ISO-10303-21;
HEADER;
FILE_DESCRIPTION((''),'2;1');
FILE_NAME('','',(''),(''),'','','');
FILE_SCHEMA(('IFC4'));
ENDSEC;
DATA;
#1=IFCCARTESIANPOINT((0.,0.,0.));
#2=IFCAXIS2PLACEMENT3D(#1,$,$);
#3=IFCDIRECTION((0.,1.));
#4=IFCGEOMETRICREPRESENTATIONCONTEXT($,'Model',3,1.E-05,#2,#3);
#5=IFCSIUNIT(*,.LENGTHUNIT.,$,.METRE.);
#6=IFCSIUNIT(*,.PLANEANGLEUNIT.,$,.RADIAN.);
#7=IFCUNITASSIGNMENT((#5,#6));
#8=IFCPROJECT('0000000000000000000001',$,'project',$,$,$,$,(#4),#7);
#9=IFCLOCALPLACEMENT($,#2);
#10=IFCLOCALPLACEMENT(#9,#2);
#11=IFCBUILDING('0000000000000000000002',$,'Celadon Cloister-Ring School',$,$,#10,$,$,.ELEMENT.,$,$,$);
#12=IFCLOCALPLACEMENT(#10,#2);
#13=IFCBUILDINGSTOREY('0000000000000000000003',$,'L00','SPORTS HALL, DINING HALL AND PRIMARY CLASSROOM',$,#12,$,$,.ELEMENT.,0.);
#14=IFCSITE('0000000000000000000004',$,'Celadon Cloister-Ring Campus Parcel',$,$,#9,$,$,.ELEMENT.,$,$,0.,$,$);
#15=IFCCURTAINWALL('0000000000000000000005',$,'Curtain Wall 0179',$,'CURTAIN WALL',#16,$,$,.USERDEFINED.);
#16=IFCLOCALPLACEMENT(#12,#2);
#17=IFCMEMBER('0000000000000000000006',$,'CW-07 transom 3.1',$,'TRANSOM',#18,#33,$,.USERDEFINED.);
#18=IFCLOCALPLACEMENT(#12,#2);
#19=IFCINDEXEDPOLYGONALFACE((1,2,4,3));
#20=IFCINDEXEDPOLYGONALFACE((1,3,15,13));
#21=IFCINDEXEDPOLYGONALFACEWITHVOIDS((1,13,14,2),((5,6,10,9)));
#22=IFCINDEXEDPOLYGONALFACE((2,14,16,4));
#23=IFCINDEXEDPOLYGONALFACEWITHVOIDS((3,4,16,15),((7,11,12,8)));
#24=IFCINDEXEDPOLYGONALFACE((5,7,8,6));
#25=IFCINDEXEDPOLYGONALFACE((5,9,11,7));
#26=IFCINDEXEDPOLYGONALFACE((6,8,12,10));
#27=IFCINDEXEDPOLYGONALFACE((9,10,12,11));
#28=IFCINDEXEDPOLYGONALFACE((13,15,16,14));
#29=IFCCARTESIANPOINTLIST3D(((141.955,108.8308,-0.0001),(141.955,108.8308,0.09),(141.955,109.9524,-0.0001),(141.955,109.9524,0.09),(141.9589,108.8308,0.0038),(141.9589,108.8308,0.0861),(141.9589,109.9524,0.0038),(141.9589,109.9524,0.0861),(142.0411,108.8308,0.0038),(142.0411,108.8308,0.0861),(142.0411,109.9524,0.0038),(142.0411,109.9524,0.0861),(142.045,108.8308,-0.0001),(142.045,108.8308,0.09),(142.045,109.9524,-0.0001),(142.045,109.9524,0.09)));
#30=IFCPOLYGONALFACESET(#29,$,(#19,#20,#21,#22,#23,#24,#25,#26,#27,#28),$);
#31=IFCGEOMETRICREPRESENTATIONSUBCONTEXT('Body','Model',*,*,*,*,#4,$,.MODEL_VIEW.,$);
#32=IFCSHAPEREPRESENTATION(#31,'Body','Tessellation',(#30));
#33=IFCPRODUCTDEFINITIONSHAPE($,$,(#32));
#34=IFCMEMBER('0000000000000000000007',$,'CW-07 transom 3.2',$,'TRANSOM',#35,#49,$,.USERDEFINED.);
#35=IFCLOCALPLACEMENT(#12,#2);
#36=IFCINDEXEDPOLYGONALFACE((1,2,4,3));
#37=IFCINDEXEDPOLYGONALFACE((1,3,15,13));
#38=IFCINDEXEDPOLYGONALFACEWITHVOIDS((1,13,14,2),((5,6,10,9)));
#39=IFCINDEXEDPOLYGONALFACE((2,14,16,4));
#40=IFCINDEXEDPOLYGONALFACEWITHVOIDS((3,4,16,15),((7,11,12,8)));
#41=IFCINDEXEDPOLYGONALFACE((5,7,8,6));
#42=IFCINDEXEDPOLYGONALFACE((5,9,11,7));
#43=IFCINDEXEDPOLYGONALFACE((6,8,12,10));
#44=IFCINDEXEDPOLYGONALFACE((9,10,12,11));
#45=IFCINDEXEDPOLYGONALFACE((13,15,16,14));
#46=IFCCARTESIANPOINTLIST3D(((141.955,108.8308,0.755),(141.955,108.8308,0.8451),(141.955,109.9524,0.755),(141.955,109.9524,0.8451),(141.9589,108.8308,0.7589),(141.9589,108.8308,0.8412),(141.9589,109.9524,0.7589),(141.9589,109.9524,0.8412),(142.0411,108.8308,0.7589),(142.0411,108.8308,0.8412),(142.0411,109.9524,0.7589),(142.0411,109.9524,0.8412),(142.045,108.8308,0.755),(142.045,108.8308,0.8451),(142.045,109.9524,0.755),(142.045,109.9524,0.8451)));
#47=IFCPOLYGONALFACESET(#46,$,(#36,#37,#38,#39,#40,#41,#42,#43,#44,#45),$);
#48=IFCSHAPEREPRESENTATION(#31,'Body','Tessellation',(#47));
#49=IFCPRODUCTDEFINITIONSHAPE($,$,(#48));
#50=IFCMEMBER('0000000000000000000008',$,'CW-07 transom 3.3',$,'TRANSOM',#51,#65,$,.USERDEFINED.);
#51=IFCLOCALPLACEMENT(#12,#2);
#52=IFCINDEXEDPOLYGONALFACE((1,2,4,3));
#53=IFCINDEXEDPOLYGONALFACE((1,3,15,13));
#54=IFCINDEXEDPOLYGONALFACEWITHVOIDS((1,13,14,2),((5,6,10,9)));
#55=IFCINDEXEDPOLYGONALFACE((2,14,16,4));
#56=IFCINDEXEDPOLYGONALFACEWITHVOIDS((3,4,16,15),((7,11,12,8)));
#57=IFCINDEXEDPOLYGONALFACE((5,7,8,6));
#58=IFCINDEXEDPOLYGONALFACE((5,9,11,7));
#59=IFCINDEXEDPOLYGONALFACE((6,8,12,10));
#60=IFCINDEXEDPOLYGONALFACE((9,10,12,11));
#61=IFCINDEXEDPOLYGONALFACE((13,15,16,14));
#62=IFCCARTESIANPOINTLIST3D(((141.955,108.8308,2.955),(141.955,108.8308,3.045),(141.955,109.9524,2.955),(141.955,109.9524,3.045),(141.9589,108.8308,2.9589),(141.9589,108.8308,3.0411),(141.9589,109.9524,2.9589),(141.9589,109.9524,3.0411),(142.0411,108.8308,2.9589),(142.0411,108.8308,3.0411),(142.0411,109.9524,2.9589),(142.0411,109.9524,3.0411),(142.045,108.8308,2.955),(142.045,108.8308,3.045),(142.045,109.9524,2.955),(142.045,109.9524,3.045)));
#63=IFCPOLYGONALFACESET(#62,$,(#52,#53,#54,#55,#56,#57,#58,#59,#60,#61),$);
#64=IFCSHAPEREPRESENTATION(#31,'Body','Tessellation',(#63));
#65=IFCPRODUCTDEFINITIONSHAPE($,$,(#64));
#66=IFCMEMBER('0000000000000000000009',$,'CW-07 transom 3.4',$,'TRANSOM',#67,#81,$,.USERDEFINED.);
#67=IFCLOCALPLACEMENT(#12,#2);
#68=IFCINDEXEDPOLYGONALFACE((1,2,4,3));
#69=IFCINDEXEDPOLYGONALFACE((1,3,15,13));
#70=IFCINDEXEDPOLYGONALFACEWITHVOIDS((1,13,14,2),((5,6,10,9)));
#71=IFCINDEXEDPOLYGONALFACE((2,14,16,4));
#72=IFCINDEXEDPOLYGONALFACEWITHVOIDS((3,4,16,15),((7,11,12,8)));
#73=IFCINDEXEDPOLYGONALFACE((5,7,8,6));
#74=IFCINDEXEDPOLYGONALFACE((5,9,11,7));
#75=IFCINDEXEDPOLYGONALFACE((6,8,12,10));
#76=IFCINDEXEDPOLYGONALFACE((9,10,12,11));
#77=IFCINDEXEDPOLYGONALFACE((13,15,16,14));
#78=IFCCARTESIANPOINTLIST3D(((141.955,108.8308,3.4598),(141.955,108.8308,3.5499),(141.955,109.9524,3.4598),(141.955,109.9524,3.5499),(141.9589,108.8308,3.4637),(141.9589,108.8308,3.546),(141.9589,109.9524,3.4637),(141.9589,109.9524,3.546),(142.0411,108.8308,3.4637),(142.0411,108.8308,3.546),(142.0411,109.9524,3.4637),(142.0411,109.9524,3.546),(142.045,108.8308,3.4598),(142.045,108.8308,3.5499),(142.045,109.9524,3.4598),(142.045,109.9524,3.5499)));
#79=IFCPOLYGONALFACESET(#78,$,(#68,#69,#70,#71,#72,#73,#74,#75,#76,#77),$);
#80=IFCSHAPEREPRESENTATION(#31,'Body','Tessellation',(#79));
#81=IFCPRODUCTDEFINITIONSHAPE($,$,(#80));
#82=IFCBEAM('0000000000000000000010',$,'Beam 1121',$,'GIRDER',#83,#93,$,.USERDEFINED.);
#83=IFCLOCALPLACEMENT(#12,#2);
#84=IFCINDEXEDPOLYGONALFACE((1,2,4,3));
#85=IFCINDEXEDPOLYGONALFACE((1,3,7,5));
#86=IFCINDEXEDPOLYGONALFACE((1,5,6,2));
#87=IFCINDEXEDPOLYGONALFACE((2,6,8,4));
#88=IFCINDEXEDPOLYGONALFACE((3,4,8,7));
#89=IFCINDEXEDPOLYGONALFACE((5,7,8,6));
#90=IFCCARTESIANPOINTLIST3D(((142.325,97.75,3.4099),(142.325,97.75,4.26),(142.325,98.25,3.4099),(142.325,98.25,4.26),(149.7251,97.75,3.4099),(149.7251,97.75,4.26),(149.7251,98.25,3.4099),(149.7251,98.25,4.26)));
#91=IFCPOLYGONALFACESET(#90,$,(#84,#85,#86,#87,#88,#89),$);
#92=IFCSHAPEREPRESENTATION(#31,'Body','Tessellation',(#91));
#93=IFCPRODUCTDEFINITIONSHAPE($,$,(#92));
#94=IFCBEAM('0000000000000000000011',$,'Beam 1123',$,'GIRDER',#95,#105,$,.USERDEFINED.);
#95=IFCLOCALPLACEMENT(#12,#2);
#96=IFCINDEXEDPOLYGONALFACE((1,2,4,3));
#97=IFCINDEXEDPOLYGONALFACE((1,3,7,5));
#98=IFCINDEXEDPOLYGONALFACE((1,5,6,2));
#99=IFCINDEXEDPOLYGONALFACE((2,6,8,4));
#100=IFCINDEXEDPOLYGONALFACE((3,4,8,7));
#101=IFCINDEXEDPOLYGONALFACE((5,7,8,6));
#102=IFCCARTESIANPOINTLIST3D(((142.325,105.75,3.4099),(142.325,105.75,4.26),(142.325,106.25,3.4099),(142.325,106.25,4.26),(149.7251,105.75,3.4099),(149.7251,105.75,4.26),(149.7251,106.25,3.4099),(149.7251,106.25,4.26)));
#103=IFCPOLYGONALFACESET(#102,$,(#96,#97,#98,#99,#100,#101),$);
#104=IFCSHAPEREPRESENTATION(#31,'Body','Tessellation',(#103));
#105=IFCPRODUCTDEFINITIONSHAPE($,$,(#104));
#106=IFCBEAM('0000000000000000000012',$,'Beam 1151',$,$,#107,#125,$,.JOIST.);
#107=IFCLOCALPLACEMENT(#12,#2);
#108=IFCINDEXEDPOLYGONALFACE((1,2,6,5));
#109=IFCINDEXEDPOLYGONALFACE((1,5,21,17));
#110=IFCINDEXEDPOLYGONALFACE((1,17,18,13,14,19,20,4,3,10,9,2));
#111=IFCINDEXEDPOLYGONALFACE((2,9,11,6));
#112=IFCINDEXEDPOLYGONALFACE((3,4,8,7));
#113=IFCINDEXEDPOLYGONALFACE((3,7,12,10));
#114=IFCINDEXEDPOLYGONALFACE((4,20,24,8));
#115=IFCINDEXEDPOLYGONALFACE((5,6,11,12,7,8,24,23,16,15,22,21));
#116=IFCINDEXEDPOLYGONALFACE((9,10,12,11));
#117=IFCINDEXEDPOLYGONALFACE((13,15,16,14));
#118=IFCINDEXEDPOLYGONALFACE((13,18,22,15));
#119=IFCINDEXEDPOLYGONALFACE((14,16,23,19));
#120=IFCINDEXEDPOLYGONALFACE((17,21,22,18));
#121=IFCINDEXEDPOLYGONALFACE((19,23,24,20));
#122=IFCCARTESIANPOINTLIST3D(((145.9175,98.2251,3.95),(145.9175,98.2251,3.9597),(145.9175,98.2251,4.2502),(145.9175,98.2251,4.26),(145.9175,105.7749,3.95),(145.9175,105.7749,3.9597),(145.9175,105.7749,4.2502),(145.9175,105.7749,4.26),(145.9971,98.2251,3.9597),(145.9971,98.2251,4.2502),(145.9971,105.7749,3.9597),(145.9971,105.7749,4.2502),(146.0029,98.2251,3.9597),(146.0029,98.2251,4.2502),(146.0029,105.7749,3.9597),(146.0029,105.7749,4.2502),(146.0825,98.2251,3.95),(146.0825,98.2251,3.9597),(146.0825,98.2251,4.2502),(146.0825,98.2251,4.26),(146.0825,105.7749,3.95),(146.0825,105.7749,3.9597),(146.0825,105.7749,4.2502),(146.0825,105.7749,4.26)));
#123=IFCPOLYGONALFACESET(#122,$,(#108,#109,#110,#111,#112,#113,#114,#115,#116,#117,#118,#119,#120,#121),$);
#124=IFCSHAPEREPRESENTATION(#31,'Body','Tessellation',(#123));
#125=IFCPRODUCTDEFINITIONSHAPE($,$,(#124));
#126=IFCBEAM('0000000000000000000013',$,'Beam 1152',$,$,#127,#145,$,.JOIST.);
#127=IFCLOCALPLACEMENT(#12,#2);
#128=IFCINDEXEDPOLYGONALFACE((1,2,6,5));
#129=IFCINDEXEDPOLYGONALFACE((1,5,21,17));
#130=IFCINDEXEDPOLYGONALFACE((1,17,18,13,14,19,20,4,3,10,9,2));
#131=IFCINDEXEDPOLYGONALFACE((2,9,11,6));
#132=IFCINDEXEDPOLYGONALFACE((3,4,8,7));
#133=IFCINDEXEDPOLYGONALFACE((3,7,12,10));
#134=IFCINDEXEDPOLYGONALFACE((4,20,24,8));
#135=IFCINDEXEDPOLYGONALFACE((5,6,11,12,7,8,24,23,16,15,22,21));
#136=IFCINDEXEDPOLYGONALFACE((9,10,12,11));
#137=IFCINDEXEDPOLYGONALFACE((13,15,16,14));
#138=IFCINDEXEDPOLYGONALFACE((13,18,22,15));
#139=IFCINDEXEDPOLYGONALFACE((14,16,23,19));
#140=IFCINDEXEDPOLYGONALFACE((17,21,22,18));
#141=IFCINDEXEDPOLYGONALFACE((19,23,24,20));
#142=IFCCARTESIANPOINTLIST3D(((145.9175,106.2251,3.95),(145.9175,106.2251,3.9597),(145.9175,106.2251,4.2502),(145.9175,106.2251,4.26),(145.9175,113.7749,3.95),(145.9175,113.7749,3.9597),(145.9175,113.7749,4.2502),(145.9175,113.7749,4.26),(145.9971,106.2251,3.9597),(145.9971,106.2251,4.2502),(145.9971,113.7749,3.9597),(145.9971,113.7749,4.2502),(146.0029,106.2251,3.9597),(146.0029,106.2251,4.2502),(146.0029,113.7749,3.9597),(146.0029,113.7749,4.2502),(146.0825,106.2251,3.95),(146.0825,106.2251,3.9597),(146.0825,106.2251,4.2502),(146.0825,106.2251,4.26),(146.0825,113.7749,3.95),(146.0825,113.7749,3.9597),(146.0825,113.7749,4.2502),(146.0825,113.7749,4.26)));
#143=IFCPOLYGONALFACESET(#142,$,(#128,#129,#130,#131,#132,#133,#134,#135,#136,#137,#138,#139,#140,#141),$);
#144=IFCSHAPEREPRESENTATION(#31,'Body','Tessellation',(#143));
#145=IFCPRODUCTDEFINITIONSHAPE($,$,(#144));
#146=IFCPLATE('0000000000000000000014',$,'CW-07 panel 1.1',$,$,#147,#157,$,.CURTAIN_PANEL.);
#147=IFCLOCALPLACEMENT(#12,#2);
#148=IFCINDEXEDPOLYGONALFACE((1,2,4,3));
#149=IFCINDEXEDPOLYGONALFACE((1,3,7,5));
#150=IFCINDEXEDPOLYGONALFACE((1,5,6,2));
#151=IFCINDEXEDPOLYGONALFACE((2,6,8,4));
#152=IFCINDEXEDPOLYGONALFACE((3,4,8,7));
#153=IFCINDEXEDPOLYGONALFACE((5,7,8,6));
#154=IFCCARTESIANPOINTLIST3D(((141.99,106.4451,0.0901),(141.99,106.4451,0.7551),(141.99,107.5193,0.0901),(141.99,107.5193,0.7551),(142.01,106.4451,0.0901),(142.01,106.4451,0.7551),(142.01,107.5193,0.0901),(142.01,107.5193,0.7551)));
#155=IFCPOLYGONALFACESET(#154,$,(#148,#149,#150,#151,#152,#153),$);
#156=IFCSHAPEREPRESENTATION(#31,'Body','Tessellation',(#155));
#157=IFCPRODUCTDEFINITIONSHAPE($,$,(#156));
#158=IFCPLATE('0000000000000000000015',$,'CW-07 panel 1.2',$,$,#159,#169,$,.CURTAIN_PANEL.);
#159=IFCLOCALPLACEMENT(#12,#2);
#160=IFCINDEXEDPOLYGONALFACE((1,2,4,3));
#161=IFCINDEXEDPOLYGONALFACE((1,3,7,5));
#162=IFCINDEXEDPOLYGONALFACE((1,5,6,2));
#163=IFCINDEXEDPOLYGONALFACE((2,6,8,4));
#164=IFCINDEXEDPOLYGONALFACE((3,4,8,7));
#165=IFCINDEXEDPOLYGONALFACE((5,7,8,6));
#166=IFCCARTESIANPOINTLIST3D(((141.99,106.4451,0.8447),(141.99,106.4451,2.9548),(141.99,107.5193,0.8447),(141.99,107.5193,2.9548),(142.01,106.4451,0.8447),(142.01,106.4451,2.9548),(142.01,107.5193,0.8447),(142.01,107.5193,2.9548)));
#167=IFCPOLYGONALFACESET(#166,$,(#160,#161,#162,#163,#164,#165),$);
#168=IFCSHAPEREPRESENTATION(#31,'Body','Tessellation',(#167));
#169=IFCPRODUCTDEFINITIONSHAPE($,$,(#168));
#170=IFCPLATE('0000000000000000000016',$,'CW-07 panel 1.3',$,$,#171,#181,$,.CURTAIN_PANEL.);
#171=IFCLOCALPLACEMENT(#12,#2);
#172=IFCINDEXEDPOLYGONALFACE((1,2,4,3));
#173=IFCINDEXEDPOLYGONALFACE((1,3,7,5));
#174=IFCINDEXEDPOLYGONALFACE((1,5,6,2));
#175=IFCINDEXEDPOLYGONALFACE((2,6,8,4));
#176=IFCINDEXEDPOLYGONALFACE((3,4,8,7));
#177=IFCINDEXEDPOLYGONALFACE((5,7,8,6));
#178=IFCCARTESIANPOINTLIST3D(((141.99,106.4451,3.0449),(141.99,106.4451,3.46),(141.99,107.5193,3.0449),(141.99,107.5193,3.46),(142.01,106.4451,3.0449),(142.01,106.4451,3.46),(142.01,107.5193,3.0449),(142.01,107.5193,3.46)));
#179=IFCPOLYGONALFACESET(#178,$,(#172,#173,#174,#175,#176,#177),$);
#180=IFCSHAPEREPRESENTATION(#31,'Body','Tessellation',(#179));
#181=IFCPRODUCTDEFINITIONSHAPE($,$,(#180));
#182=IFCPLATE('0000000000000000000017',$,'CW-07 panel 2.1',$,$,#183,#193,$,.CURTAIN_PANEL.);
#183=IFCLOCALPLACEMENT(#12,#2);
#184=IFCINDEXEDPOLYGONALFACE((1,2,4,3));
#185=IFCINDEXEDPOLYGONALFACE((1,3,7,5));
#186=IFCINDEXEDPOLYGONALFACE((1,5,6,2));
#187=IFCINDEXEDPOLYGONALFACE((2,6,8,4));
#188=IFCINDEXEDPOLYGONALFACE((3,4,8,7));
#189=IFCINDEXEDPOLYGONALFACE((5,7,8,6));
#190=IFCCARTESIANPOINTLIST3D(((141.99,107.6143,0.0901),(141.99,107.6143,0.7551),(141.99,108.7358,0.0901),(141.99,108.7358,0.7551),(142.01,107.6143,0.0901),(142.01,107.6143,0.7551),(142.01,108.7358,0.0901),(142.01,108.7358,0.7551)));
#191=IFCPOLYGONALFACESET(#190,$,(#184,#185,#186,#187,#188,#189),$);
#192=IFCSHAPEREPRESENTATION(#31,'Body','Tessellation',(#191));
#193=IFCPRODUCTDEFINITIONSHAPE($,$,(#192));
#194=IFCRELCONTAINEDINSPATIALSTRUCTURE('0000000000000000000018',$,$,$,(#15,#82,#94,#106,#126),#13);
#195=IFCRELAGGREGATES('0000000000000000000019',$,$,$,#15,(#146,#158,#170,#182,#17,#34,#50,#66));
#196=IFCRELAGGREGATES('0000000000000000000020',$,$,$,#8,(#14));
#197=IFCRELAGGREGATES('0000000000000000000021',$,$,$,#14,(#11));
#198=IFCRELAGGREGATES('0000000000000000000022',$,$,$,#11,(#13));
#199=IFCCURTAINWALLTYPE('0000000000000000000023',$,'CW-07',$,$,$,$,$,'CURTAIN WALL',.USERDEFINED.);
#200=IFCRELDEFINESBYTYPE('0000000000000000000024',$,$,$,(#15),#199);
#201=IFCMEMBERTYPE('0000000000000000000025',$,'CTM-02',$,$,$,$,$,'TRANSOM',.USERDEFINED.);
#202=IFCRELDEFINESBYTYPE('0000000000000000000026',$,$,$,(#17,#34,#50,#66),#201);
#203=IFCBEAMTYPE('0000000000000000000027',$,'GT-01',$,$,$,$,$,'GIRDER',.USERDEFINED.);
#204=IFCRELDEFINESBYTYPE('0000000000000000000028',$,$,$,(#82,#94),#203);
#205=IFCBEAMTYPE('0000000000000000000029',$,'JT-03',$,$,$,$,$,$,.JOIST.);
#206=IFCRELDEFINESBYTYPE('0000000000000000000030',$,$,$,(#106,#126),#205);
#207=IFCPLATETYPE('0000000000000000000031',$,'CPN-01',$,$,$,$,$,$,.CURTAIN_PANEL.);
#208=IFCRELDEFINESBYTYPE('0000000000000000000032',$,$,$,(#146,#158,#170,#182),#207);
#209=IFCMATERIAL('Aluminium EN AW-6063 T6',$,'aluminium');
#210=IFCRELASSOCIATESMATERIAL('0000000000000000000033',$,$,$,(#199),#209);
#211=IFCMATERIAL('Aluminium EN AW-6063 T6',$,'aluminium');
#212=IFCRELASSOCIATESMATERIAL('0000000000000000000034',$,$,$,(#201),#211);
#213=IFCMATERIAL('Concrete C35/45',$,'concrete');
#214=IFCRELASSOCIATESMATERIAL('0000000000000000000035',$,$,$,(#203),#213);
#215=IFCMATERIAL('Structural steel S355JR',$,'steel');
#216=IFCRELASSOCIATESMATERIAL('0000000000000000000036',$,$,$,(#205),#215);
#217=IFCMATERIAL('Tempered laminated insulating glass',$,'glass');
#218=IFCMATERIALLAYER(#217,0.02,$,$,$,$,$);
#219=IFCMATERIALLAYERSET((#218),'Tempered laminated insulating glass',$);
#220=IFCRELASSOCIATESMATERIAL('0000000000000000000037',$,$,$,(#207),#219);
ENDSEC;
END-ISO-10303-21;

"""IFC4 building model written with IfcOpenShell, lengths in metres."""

from ifc_helpers import new_model, si_unit, direction, frame, origin, origin_2d, place, context, subcontext, project, spatial, rectangle, hollow_rectangle, i_section, extrude, material, layer, layer_set, material_profile, profile_set, type_object, element, aggregate, save


model = new_model("IFC4")

# Units and contexts
model_context = context("Model", 3, precision=1e-05, world=origin(), true_north=direction((0.0, 1.0)))
body_context = subcontext(model_context, "Body", "Model", "MODEL_VIEW")
ifc_project = project(units=[si_unit("LENGTHUNIT", "METRE"), si_unit("PLANEANGLEUNIT", "RADIAN")], contexts=[model_context])

# Site, building, storey
site_placement = place(None, origin())
site = spatial("IfcSite", under=ifc_project, at=site_placement, Name="Celadon Cloister-Ring Campus Parcel", CompositionType="ELEMENT", RefElevation=0.0)
building_placement = place(site_placement, origin())
building = spatial("IfcBuilding", under=site, at=building_placement, Name="Celadon Cloister-Ring School", CompositionType="ELEMENT")
storey_placement = place(building_placement, origin())
storey = spatial("IfcBuildingStorey", under=building, at=storey_placement, Name="L00", Description="SPORTS HALL, DINING HALL AND PRIMARY CLASSROOM", CompositionType="ELEMENT", Elevation=0.0)

# Curtain wall, members
ifc_material_1 = material(Name="Aluminium EN AW-6063 T6", Category="aluminium")
curtain_wall_type = type_object("IfcCurtainWallType", Name="CW-07", ElementType="CURTAIN WALL", PredefinedType="USERDEFINED", material=ifc_material_1)
curtain_wall_placement = place(storey_placement, origin())
curtain_wall = element("IfcCurtainWall", 1, at=curtain_wall_placement, inside=storey, type_object=curtain_wall_type, Name="Curtain Wall 0179", ObjectType="CURTAIN WALL", PredefinedType="USERDEFINED")
ifc_material_2 = material(Name="Aluminium EN AW-6063 T6", Category="aluminium")
ifc_material_profile_1 = material_profile(ifc_material_2, hollow_rectangle(XDim=0.0901, YDim=0.0901, WallThickness=0.0039, at=origin_2d()), Name="RHS90X90X4")
ifc_profile_set_1 = profile_set([ifc_material_profile_1], Name="Aluminium EN AW-6063 T6")
member_type_1 = type_object("IfcMemberType", Name="CTM-02", ElementType="TRANSOM", PredefinedType="USERDEFINED", material=ifc_profile_set_1)
member_1_placement = place(storey_placement, frame((142.0, 108.8308, 0.0449), z_axis=(0.0, 1.0, 0.0), x_axis=(-1.0, 0.0, 0.0)))
member_1 = element("IfcMember", 2, at=member_1_placement, type_object=member_type_1, Name="CW-07 transom 3.1", ObjectType="TRANSOM", PredefinedType="USERDEFINED", context=body_context, shape_type="SweptSolid", body=[
    extrude(hollow_rectangle(XDim=0.0901, YDim=0.0901, WallThickness=0.0039, at=origin_2d()), origin(), (0.0, 0.0, 1.0), 1.1216),
])
member_2_placement = place(storey_placement, frame((142.0, 108.8308, 0.8), z_axis=(0.0, 1.0, 0.0), x_axis=(-1.0, 0.0, 0.0)))
member_2 = element("IfcMember", 3, at=member_2_placement, type_object=member_type_1, Name="CW-07 transom 3.2", ObjectType="TRANSOM", PredefinedType="USERDEFINED", context=body_context, shape_type="SweptSolid", body=[
    extrude(hollow_rectangle(XDim=0.0901, YDim=0.0901, WallThickness=0.0039, at=origin_2d()), origin(), (0.0, 0.0, 1.0), 1.1216),
])
member_3_placement = place(storey_placement, frame((142.0, 108.8308, 3.0), z_axis=(0.0, 1.0, 0.0), x_axis=(-1.0, 0.0, 0.0)))
member_3 = element("IfcMember", 4, at=member_3_placement, type_object=member_type_1, Name="CW-07 transom 3.3", ObjectType="TRANSOM", PredefinedType="USERDEFINED", context=body_context, shape_type="SweptSolid", body=[
    extrude(hollow_rectangle(XDim=0.0901, YDim=0.0901, WallThickness=0.0039, at=origin_2d()), origin(), (0.0, 0.0, 1.0), 1.1216),
])
member_4_placement = place(storey_placement, frame((142.0, 108.8308, 3.5049), z_axis=(0.0, 1.0, 0.0), x_axis=(-1.0, 0.0, 0.0)))
member_4 = element("IfcMember", 5, at=member_4_placement, type_object=member_type_1, Name="CW-07 transom 3.4", ObjectType="TRANSOM", PredefinedType="USERDEFINED", context=body_context, shape_type="SweptSolid", body=[
    extrude(hollow_rectangle(XDim=0.0901, YDim=0.0901, WallThickness=0.0039, at=origin_2d()), origin(), (0.0, 0.0, 1.0), 1.1216),
])

# Beams
ifc_material_3 = material(Name="Concrete C35/45", Category="concrete")
ifc_material_profile_2 = material_profile(ifc_material_3, rectangle(XDim=0.5, YDim=0.8501, at=origin_2d()), Name="RC500X850")
ifc_profile_set_2 = profile_set([ifc_material_profile_2], Name="Concrete C35/45")
beam_type_1 = type_object("IfcBeamType", Name="GT-01", ElementType="GIRDER", PredefinedType="USERDEFINED", material=ifc_profile_set_2)
for number, where, z_axis, x_axis, name in (
    (6, (142.325, 98.0, 3.835), (1.0, 0.0, 0.0), (0.0, 1.0, 0.0), "Beam 1121"),
    (7, (142.325, 106.0, 3.835), (1.0, 0.0, 0.0), (0.0, 1.0, 0.0), "Beam 1123"),
):
    element("IfcBeam", number, at=place(storey_placement, frame(where, z_axis=z_axis, x_axis=x_axis)), inside=storey, type_object=beam_type_1, Name=name, ObjectType="GIRDER", PredefinedType="USERDEFINED", context=body_context, shape_type="SweptSolid", body=[
        extrude(rectangle(XDim=0.5, YDim=0.8501, at=origin_2d()), origin(), (0.0, 0.0, 1.0), 7.4001),
    ])
ifc_material_4 = material(Name="Structural steel S355JR", Category="steel")
ifc_material_profile_3 = material_profile(ifc_material_4, i_section(OverallWidth=0.165, OverallDepth=0.3101, WebThickness=0.0059, FlangeThickness=0.0098, at=origin_2d()), Name="W310X39")
ifc_profile_set_3 = profile_set([ifc_material_profile_3], Name="Structural steel S355JR")
beam_type_2 = type_object("IfcBeamType", Name="JT-03", PredefinedType="JOIST", material=ifc_profile_set_3)
for number, where, z_axis, x_axis, name in (
    (8, (146.0, 98.2251, 4.105), (0.0, 1.0, 0.0), (-1.0, 0.0, 0.0), "Beam 1151"),
    (9, (146.0, 106.2251, 4.105), (0.0, 1.0, 0.0), (-1.0, 0.0, 0.0), "Beam 1152"),
):
    element("IfcBeam", number, at=place(storey_placement, frame(where, z_axis=z_axis, x_axis=x_axis)), inside=storey, type_object=beam_type_2, Name=name, PredefinedType="JOIST", context=body_context, shape_type="SweptSolid", body=[
        extrude(i_section(OverallWidth=0.165, OverallDepth=0.3101, WebThickness=0.0059, FlangeThickness=0.0098, at=origin_2d()), origin(), (0.0, 0.0, 1.0), 7.5498),
    ])

# Plates
ifc_material_5 = material(Name="Tempered laminated insulating glass", Category="glass")
ifc_layer = layer(ifc_material_5, 0.02)
ifc_layer_set = layer_set([ifc_layer], Name="Tempered laminated insulating glass")
plate_type = type_object("IfcPlateType", Name="CPN-01", PredefinedType="CURTAIN_PANEL", material=ifc_layer_set)
plate_1_placement = place(storey_placement, frame((142.0, 106.9822, 0.0901), z_axis=(0.0, 0.0, 1.0), x_axis=(0.0, 1.0, 0.0)))
plate_1 = element("IfcPlate", 10, at=plate_1_placement, type_object=plate_type, Name="CW-07 panel 1.1", PredefinedType="CURTAIN_PANEL", context=body_context, shape_type="SweptSolid", body=[
    extrude(rectangle(XDim=1.0742, YDim=0.02, at=origin_2d()), origin(), (0.0, 0.0, 1.0), 0.665),
])
plate_2_placement = place(storey_placement, frame((142.0, 106.9822, 0.8447), z_axis=(0.0, 0.0, 1.0), x_axis=(0.0, 1.0, 0.0)))
plate_2 = element("IfcPlate", 11, at=plate_2_placement, type_object=plate_type, Name="CW-07 panel 1.2", PredefinedType="CURTAIN_PANEL", context=body_context, shape_type="SweptSolid", body=[
    extrude(rectangle(XDim=1.0742, YDim=0.02, at=origin_2d()), origin(), (0.0, 0.0, 1.0), 2.1101),
])
plate_3_placement = place(storey_placement, frame((142.0, 106.9822, 3.0449), z_axis=(0.0, 0.0, 1.0), x_axis=(0.0, 1.0, 0.0)))
plate_3 = element("IfcPlate", 12, at=plate_3_placement, type_object=plate_type, Name="CW-07 panel 1.3", PredefinedType="CURTAIN_PANEL", context=body_context, shape_type="SweptSolid", body=[
    extrude(rectangle(XDim=1.0742, YDim=0.02, at=origin_2d()), origin(), (0.0, 0.0, 1.0), 0.415),
])
plate_4_placement = place(storey_placement, frame((142.0, 108.175, 0.0901), z_axis=(0.0, 0.0, 1.0), x_axis=(0.0, 1.0, 0.0)))
plate_4 = element("IfcPlate", 13, at=plate_4_placement, type_object=plate_type, Name="CW-07 panel 2.1", PredefinedType="CURTAIN_PANEL", context=body_context, shape_type="SweptSolid", body=[
    extrude(rectangle(XDim=1.1216, YDim=0.02, at=origin_2d()), origin(), (0.0, 0.0, 1.0), 0.665),
])
aggregate(curtain_wall, [plate_1, plate_2, plate_3, plate_4, member_1, member_2, member_3, member_4])

save(model, "model.ifc")
